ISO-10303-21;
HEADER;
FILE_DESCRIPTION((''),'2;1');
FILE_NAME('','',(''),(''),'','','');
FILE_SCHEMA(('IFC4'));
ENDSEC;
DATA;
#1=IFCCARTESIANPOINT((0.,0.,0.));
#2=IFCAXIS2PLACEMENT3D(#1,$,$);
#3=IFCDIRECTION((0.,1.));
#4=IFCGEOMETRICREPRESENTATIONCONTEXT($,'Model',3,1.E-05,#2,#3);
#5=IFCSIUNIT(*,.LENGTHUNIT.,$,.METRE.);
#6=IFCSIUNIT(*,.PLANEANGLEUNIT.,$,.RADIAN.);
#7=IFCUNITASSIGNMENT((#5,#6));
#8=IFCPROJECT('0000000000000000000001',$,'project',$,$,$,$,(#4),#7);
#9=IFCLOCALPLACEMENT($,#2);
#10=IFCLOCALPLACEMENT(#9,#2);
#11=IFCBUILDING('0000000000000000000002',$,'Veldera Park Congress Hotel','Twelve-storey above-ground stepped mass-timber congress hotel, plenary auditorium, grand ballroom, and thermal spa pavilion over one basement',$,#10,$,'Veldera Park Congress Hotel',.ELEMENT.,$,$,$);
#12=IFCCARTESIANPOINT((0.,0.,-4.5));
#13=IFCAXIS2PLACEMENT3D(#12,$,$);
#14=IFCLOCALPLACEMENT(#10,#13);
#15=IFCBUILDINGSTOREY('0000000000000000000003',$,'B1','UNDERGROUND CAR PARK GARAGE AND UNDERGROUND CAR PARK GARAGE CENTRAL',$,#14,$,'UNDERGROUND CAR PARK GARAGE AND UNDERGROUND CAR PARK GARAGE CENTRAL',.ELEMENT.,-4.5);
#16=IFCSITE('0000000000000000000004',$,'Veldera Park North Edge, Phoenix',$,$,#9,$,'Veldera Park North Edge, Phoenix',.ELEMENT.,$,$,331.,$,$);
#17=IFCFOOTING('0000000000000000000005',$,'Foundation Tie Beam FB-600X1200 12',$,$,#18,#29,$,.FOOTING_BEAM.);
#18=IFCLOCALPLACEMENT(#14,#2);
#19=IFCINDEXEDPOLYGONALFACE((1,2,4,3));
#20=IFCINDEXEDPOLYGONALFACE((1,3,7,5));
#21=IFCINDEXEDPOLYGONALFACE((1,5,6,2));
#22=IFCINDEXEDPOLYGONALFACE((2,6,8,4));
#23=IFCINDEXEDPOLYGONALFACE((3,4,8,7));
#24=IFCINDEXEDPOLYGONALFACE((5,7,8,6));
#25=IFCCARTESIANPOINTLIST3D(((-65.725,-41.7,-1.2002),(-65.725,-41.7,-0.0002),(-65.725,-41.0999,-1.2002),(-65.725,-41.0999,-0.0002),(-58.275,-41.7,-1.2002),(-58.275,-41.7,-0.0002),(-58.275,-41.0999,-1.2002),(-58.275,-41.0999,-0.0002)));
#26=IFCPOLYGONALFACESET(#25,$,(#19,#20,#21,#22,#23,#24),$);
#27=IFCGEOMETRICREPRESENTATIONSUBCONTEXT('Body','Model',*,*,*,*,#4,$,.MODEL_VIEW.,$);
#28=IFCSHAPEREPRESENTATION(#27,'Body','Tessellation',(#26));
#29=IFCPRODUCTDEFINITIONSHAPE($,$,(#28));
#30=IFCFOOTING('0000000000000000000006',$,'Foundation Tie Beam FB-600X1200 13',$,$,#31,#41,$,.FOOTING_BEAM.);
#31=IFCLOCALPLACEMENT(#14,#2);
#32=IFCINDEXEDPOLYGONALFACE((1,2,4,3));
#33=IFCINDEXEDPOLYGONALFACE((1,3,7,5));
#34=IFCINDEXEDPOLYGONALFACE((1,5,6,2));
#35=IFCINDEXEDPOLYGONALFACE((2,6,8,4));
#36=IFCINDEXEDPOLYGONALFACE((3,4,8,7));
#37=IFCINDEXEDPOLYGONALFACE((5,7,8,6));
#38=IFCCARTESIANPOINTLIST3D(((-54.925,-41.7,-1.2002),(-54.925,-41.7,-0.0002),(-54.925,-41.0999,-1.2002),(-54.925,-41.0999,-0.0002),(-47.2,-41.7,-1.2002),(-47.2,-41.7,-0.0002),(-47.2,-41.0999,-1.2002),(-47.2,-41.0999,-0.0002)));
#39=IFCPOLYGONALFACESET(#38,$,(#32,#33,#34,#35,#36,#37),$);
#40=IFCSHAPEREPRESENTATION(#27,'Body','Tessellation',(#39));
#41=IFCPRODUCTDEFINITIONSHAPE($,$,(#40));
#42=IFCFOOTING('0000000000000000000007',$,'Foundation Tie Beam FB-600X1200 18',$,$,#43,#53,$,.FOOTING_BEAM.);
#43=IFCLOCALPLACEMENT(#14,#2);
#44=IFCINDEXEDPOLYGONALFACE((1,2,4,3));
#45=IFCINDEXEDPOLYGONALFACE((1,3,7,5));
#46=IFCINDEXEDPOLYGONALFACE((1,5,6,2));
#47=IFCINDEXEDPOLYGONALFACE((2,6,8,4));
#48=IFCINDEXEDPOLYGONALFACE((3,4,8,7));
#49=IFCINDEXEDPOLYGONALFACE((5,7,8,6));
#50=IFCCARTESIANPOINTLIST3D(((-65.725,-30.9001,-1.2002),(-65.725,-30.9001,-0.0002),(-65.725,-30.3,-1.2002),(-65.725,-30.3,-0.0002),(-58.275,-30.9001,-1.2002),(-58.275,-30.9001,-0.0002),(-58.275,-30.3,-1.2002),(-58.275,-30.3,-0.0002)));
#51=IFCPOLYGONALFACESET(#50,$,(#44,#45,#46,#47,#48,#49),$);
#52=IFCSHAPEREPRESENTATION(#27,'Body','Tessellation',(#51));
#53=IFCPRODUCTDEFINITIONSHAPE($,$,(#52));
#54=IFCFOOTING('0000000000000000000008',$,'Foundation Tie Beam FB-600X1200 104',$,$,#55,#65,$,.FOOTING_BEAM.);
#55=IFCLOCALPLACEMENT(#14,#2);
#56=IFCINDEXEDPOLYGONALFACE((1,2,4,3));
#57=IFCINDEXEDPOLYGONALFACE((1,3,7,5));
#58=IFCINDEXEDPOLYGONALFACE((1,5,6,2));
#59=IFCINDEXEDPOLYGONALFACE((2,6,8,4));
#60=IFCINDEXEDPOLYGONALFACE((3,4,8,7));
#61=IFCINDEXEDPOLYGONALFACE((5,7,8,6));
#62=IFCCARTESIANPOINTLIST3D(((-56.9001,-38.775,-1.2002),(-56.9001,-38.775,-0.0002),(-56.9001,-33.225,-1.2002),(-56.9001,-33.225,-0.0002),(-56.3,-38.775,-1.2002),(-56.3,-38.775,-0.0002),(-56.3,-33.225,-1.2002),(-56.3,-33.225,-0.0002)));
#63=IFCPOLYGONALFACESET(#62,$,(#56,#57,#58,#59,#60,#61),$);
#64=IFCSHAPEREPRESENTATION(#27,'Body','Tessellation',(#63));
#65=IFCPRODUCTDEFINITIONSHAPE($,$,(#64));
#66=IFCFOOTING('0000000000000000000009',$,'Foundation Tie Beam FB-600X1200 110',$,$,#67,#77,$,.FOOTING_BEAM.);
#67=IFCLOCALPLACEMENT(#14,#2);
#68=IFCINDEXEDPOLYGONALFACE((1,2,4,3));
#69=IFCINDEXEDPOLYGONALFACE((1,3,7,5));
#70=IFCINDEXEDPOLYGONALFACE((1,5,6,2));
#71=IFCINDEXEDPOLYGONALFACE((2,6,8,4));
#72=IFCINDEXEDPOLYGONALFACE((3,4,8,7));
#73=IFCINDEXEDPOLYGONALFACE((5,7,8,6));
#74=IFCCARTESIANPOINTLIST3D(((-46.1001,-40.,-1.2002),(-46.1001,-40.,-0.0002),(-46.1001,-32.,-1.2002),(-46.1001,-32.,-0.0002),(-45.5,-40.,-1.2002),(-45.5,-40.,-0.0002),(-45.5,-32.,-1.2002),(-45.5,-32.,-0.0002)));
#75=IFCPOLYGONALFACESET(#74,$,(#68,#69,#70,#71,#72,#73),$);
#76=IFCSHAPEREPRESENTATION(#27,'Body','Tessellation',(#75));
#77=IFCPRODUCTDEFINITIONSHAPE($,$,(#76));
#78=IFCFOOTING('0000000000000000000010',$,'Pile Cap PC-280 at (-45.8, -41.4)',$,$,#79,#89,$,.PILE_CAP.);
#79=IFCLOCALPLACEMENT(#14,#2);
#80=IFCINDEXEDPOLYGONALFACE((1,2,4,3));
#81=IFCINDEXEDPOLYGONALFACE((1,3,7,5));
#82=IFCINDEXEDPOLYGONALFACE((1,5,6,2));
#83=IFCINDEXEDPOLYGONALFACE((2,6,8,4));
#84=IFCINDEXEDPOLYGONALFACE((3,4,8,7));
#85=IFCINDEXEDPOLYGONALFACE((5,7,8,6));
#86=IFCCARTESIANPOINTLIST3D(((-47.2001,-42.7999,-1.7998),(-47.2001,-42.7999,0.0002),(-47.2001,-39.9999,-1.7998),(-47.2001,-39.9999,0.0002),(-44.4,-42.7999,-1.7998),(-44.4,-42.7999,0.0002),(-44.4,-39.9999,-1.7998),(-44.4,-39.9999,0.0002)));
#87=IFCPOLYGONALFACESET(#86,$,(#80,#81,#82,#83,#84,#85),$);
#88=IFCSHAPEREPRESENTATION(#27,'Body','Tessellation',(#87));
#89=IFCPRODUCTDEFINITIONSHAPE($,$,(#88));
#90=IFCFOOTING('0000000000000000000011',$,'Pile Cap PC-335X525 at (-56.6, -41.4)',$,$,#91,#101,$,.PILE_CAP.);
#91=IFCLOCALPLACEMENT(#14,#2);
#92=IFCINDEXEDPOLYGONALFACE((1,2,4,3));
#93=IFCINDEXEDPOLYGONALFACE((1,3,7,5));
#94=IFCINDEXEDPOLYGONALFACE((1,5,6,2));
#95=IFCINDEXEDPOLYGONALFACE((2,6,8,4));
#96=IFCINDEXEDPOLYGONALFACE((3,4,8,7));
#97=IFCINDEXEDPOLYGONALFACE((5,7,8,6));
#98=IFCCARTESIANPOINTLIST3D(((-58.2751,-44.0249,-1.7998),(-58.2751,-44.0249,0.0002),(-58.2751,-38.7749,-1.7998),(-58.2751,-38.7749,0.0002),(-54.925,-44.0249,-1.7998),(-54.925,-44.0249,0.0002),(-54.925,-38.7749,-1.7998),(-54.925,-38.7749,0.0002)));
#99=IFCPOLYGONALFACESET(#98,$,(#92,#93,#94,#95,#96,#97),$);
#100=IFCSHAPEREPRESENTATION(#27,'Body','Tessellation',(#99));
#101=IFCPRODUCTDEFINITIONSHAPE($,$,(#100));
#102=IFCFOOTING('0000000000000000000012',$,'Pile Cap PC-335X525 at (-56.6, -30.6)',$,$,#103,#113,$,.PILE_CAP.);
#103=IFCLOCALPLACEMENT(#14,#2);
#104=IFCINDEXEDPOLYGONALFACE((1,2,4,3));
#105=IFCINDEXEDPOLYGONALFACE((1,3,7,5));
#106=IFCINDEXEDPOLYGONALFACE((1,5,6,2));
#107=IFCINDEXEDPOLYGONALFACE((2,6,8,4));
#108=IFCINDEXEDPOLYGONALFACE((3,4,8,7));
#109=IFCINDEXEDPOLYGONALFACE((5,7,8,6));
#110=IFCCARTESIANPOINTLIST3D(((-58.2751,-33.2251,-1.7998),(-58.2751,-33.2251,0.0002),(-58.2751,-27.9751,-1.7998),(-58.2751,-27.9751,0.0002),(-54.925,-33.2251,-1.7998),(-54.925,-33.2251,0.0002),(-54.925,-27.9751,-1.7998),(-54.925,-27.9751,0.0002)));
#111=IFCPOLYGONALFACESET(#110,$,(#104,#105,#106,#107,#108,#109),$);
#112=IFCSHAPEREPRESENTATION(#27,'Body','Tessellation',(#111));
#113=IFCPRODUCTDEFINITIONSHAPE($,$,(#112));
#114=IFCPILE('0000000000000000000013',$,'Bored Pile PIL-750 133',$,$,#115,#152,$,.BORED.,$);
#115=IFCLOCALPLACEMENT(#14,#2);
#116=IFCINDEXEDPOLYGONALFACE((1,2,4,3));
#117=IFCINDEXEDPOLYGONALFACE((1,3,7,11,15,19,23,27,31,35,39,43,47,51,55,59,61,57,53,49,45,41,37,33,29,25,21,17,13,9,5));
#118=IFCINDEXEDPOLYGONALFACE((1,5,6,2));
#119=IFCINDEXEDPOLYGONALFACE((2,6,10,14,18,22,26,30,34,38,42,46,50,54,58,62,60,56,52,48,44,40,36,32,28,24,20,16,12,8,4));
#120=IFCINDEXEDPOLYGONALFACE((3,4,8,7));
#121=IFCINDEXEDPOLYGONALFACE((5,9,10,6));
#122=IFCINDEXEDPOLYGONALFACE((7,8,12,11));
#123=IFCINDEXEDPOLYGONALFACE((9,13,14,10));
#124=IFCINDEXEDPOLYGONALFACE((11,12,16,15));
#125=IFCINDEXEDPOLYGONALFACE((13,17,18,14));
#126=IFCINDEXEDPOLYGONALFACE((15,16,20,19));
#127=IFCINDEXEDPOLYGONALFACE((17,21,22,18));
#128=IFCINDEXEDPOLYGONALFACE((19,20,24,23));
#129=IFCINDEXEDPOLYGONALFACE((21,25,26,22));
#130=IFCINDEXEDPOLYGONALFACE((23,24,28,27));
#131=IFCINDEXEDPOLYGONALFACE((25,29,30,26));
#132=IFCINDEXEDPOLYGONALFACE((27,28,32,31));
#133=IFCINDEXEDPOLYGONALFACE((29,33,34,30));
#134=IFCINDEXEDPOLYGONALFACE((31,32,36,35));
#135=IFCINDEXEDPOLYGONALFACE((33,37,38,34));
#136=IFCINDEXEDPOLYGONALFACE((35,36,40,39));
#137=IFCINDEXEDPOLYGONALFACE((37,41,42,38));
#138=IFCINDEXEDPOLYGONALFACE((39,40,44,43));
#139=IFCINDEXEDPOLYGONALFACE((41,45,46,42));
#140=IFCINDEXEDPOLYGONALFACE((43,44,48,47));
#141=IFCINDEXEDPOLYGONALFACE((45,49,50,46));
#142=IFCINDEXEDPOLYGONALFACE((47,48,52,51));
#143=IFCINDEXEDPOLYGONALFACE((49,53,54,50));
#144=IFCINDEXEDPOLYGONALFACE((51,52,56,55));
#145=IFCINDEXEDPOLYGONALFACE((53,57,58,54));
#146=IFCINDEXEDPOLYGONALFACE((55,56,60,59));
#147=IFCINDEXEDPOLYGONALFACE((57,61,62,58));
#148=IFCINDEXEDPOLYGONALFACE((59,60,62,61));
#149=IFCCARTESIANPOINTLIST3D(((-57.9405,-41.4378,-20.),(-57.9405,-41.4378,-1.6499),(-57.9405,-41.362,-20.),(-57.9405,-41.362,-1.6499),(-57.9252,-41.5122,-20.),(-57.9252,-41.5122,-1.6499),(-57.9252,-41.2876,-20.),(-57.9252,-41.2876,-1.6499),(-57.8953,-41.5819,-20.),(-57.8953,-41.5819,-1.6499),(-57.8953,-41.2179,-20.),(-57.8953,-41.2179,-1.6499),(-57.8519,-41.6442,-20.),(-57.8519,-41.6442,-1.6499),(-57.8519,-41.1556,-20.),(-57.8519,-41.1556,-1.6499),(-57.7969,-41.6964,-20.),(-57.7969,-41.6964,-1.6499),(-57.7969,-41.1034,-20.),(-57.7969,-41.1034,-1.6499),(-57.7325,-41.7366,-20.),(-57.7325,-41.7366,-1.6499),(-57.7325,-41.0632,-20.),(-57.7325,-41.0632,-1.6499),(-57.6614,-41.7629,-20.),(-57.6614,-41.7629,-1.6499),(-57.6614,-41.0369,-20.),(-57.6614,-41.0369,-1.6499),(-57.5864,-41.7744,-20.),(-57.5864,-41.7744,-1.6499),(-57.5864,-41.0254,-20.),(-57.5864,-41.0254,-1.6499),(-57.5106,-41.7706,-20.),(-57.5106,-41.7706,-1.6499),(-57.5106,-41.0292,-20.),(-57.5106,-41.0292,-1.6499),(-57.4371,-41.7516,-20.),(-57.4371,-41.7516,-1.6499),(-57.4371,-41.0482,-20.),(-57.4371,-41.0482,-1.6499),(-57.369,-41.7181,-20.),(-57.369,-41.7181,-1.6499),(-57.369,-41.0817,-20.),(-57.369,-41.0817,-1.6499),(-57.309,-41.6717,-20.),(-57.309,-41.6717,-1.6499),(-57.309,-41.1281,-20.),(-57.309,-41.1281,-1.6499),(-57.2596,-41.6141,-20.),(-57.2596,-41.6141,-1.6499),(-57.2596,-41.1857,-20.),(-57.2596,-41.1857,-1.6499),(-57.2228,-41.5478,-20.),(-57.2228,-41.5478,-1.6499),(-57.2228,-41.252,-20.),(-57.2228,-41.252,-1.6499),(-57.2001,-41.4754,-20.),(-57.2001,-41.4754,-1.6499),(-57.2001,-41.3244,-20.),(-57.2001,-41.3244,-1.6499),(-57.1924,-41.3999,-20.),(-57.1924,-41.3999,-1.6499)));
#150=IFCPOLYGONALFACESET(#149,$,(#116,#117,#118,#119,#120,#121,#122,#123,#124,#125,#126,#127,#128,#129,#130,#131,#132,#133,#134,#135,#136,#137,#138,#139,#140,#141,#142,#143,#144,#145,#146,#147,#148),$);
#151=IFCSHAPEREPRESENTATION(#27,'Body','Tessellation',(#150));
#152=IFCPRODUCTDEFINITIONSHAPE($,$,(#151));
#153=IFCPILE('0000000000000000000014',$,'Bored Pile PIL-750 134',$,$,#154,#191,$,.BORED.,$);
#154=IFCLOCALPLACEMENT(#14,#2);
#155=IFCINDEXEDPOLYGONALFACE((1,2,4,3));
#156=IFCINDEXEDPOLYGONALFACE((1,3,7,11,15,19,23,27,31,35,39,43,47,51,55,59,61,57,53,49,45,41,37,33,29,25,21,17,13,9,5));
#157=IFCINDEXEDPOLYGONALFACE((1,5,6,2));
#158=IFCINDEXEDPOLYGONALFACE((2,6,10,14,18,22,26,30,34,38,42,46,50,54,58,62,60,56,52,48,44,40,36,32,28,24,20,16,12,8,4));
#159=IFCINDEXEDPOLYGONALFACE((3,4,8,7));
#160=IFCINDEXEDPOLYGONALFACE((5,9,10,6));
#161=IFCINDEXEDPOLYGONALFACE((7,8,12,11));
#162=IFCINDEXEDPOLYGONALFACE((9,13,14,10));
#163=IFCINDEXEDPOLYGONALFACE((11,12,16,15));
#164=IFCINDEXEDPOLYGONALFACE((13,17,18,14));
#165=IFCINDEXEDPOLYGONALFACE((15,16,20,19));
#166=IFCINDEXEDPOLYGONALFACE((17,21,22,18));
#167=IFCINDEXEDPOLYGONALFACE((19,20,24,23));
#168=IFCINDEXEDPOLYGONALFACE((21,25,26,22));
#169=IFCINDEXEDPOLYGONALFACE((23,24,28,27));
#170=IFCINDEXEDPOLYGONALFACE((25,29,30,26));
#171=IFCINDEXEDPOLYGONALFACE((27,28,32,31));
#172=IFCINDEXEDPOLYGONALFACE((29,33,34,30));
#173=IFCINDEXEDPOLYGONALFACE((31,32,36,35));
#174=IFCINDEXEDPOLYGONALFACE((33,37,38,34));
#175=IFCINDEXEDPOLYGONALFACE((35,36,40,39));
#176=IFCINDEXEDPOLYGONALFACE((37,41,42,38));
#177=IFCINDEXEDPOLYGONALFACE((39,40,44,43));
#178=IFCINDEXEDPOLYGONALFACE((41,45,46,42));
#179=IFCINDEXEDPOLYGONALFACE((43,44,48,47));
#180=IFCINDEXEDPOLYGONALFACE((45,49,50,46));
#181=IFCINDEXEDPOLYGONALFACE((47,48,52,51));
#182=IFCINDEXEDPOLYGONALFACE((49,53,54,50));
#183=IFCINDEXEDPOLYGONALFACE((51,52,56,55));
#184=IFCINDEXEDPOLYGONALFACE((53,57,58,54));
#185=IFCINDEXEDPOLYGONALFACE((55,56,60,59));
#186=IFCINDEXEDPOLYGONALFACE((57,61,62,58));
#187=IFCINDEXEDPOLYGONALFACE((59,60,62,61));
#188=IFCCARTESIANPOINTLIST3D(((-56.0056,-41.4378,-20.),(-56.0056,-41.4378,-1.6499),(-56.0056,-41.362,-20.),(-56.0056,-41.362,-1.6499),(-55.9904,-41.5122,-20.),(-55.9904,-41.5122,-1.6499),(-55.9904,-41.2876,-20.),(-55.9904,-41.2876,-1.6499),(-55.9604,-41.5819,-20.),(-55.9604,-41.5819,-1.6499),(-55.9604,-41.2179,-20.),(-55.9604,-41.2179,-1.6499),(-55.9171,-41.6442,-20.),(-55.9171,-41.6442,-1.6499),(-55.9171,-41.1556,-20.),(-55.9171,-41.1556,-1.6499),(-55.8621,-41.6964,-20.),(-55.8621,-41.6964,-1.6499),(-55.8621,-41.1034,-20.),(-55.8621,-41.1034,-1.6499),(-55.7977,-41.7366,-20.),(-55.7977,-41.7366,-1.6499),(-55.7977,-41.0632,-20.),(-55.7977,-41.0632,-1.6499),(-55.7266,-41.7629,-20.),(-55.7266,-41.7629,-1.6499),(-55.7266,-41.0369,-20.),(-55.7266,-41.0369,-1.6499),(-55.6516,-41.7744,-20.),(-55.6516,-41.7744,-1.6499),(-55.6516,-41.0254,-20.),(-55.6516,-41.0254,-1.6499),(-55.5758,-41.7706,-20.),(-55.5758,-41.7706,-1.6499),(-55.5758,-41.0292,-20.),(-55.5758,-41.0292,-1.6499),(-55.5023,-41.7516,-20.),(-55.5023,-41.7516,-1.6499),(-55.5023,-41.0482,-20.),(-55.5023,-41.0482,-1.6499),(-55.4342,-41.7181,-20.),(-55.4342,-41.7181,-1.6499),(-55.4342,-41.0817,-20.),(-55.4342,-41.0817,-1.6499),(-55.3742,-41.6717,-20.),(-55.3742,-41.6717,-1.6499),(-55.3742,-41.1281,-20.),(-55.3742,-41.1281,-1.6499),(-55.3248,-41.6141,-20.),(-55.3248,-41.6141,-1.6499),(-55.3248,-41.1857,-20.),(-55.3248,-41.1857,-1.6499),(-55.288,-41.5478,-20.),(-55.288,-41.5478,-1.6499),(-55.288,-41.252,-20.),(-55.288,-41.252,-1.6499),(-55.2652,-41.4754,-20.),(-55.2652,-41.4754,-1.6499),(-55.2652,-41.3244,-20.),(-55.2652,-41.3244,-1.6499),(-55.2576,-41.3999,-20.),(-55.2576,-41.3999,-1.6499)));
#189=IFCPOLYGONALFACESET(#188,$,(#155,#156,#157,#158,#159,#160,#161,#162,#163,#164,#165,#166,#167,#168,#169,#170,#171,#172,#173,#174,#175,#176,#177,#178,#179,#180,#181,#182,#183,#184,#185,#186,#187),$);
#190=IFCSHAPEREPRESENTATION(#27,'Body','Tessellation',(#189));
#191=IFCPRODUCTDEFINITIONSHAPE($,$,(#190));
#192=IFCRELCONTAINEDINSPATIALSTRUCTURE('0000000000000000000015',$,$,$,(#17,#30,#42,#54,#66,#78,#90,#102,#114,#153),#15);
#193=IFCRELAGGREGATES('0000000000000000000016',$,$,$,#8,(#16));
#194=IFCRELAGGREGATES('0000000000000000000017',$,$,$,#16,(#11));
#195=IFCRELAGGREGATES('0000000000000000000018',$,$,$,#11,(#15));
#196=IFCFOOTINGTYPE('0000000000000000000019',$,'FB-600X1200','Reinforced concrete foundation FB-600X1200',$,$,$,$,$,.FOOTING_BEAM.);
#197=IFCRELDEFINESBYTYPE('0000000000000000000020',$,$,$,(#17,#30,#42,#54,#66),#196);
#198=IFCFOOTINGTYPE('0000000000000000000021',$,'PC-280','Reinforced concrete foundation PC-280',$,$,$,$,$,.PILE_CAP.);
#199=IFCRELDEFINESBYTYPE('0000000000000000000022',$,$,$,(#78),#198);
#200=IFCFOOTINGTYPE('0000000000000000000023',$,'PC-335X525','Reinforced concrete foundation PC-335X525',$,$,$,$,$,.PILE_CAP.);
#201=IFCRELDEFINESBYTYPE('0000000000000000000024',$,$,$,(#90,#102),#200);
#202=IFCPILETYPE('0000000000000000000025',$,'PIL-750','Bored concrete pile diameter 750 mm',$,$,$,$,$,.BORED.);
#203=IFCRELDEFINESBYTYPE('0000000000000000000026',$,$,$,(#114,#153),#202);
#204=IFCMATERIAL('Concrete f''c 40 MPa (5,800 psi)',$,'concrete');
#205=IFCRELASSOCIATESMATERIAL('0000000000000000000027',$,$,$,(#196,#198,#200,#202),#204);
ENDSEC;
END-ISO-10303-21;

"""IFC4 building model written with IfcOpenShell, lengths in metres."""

from ifc_helpers import new_model, si_unit, direction, frame, origin, origin_2d, place, context, subcontext, project, spatial, rectangle, circle, extrude, material, material_profile, profile_set, type_object, element, save


model = new_model("IFC4")

# Units and contexts
model_context = context("Model", 3, precision=1e-05, world=origin(), true_north=direction((0.0, 1.0)))
body_context = subcontext(model_context, "Body", "Model", "MODEL_VIEW")
ifc_project = project(units=[si_unit("LENGTHUNIT", "METRE"), si_unit("PLANEANGLEUNIT", "RADIAN")], contexts=[model_context])

# Site, building, storey
site_placement = place(None, origin())
site = spatial("IfcSite", under=ifc_project, at=site_placement, Name="Veldera Park North Edge, Phoenix", LongName="Veldera Park North Edge, Phoenix", CompositionType="ELEMENT", RefElevation=331.0)
building_placement = place(site_placement, origin())
building = spatial("IfcBuilding", under=site, at=building_placement, Name="Veldera Park Congress Hotel", Description="Twelve-storey above-ground stepped mass-timber congress hotel, plenary auditorium, grand ballroom, and thermal spa pavilion over one basement", LongName="Veldera Park Congress Hotel", CompositionType="ELEMENT")
storey_placement = place(building_placement, frame((0.0, 0.0, -4.5)))
storey = spatial("IfcBuildingStorey", under=building, at=storey_placement, Name="B1", Description="UNDERGROUND CAR PARK GARAGE AND UNDERGROUND CAR PARK GARAGE CENTRAL", LongName="UNDERGROUND CAR PARK GARAGE AND UNDERGROUND CAR PARK GARAGE CENTRAL", CompositionType="ELEMENT", Elevation=-4.5)

# Footings
ifc_material = material(Name="Concrete f'c 40 MPa (5,800 psi)", Category="concrete")
footing_type_1 = type_object("IfcFootingType", Name="FB-600X1200", Description="Reinforced concrete foundation FB-600X1200", PredefinedType="FOOTING_BEAM", material=ifc_material)
footing_1_placement = place(storey_placement, frame((-62.0, -41.3999, -1.2002), z_axis=(0.0, 0.0, 1.0), x_axis=(1.0, 0.0, 0.0)))
element("IfcFooting", 1, at=footing_1_placement, inside=storey, type_object=footing_type_1, Name="Foundation Tie Beam FB-600X1200 12", PredefinedType="FOOTING_BEAM", context=body_context, shape_type="SweptSolid", body=[
    extrude(rectangle(XDim=7.45, YDim=0.6001, at=origin_2d()), origin(), (0.0, 0.0, 1.0), 1.2),
])
footing_2_placement = place(storey_placement, frame((-51.0625, -41.3999, -1.2002), z_axis=(0.0, 0.0, 1.0), x_axis=(1.0, 0.0, 0.0)))
element("IfcFooting", 2, at=footing_2_placement, inside=storey, type_object=footing_type_1, Name="Foundation Tie Beam FB-600X1200 13", PredefinedType="FOOTING_BEAM", context=body_context, shape_type="SweptSolid", body=[
    extrude(rectangle(XDim=7.7251, YDim=0.6001, at=origin_2d()), origin(), (0.0, 0.0, 1.0), 1.2),
])
footing_3_placement = place(storey_placement, frame((-62.0, -30.6001, -1.2002), z_axis=(0.0, 0.0, 1.0), x_axis=(1.0, 0.0, 0.0)))
element("IfcFooting", 3, at=footing_3_placement, inside=storey, type_object=footing_type_1, Name="Foundation Tie Beam FB-600X1200 18", PredefinedType="FOOTING_BEAM", context=body_context, shape_type="SweptSolid", body=[
    extrude(rectangle(XDim=7.45, YDim=0.6001, at=origin_2d()), origin(), (0.0, 0.0, 1.0), 1.2),
])
footing_4_placement = place(storey_placement, frame((-56.6001, -36.0, -1.2002), z_axis=(0.0, 0.0, 1.0), x_axis=(0.0, 1.0, 0.0)))
element("IfcFooting", 4, at=footing_4_placement, inside=storey, type_object=footing_type_1, Name="Foundation Tie Beam FB-600X1200 104", PredefinedType="FOOTING_BEAM", context=body_context, shape_type="SweptSolid", body=[
    extrude(rectangle(XDim=5.55, YDim=0.6001, at=origin_2d()), origin(), (0.0, 0.0, 1.0), 1.2),
])
footing_5_placement = place(storey_placement, frame((-45.8, -36.0, -1.2002), z_axis=(0.0, 0.0, 1.0), x_axis=(0.0, 1.0, 0.0)))
element("IfcFooting", 5, at=footing_5_placement, inside=storey, type_object=footing_type_1, Name="Foundation Tie Beam FB-600X1200 110", PredefinedType="FOOTING_BEAM", context=body_context, shape_type="SweptSolid", body=[
    extrude(rectangle(XDim=8.0, YDim=0.6001, at=origin_2d()), origin(), (0.0, 0.0, 1.0), 1.2),
])
footing_type_2 = type_object("IfcFootingType", Name="PC-280", Description="Reinforced concrete foundation PC-280", PredefinedType="PILE_CAP", material=ifc_material)
footing_6_placement = place(storey_placement, frame((-45.8, -41.3999, -1.7998), z_axis=(0.0, 0.0, 1.0), x_axis=(1.0, 0.0, 0.0)))
element("IfcFooting", 6, at=footing_6_placement, inside=storey, type_object=footing_type_2, Name="Pile Cap PC-280 at (-45.8, -41.4)", PredefinedType="PILE_CAP", context=body_context, shape_type="SweptSolid", body=[
    extrude(rectangle(XDim=2.8, YDim=2.8, at=origin_2d()), origin(), (0.0, 0.0, 1.0), 1.8),
])
footing_type_3 = type_object("IfcFootingType", Name="PC-335X525", Description="Reinforced concrete foundation PC-335X525", PredefinedType="PILE_CAP", material=ifc_material)
for number, where, z_axis, x_axis, name in (
    (7, (-56.6001, -41.3999, -1.7998), (0.0, 0.0, 1.0), (1.0, 0.0, 0.0), "Pile Cap PC-335X525 at (-56.6, -41.4)"),
    (8, (-56.6001, -30.6001, -1.7998), (0.0, 0.0, 1.0), (1.0, 0.0, 0.0), "Pile Cap PC-335X525 at (-56.6, -30.6)"),
):
    element("IfcFooting", number, at=place(storey_placement, frame(where, z_axis=z_axis, x_axis=x_axis)), inside=storey, type_object=footing_type_3, Name=name, PredefinedType="PILE_CAP", context=body_context, shape_type="SweptSolid", body=[
        extrude(rectangle(XDim=3.3501, YDim=5.25, at=origin_2d()), origin(), (0.0, 0.0, 1.0), 1.8),
    ])

# Piles
ifc_material_profile_1 = material_profile(ifc_material, circle(Radius=0.375, at=origin_2d()), Name="PILE D750")
ifc_profile_set_1 = profile_set([ifc_material_profile_1], Name="Concrete f'c 40 MPa (5,800 psi)")
pile_type = type_object("IfcPileType", Name="PIL-750", Description="Bored concrete pile diameter 750 mm", PredefinedType="BORED", material=ifc_profile_set_1)
for number, where, z_axis, x_axis, name in (
    (9, (-57.5674, -41.3999, -1.6499), (0.0, 0.0, -1.0), (1.0, 0.0, 0.0), "Bored Pile PIL-750 133"),
    (10, (-55.6326, -41.3999, -1.6499), (0.0, 0.0, -1.0), (1.0, 0.0, 0.0), "Bored Pile PIL-750 134"),
):
    element("IfcPile", number, at=place(storey_placement, frame(where, z_axis=z_axis, x_axis=x_axis)), inside=storey, type_object=pile_type, Name=name, PredefinedType="BORED", context=body_context, shape_type="SweptSolid", body=[
        extrude(circle(Radius=0.375, at=origin_2d()), origin(), (0.0, 0.0, 1.0), 18.3501),
    ])

save(model, "model.ifc")
